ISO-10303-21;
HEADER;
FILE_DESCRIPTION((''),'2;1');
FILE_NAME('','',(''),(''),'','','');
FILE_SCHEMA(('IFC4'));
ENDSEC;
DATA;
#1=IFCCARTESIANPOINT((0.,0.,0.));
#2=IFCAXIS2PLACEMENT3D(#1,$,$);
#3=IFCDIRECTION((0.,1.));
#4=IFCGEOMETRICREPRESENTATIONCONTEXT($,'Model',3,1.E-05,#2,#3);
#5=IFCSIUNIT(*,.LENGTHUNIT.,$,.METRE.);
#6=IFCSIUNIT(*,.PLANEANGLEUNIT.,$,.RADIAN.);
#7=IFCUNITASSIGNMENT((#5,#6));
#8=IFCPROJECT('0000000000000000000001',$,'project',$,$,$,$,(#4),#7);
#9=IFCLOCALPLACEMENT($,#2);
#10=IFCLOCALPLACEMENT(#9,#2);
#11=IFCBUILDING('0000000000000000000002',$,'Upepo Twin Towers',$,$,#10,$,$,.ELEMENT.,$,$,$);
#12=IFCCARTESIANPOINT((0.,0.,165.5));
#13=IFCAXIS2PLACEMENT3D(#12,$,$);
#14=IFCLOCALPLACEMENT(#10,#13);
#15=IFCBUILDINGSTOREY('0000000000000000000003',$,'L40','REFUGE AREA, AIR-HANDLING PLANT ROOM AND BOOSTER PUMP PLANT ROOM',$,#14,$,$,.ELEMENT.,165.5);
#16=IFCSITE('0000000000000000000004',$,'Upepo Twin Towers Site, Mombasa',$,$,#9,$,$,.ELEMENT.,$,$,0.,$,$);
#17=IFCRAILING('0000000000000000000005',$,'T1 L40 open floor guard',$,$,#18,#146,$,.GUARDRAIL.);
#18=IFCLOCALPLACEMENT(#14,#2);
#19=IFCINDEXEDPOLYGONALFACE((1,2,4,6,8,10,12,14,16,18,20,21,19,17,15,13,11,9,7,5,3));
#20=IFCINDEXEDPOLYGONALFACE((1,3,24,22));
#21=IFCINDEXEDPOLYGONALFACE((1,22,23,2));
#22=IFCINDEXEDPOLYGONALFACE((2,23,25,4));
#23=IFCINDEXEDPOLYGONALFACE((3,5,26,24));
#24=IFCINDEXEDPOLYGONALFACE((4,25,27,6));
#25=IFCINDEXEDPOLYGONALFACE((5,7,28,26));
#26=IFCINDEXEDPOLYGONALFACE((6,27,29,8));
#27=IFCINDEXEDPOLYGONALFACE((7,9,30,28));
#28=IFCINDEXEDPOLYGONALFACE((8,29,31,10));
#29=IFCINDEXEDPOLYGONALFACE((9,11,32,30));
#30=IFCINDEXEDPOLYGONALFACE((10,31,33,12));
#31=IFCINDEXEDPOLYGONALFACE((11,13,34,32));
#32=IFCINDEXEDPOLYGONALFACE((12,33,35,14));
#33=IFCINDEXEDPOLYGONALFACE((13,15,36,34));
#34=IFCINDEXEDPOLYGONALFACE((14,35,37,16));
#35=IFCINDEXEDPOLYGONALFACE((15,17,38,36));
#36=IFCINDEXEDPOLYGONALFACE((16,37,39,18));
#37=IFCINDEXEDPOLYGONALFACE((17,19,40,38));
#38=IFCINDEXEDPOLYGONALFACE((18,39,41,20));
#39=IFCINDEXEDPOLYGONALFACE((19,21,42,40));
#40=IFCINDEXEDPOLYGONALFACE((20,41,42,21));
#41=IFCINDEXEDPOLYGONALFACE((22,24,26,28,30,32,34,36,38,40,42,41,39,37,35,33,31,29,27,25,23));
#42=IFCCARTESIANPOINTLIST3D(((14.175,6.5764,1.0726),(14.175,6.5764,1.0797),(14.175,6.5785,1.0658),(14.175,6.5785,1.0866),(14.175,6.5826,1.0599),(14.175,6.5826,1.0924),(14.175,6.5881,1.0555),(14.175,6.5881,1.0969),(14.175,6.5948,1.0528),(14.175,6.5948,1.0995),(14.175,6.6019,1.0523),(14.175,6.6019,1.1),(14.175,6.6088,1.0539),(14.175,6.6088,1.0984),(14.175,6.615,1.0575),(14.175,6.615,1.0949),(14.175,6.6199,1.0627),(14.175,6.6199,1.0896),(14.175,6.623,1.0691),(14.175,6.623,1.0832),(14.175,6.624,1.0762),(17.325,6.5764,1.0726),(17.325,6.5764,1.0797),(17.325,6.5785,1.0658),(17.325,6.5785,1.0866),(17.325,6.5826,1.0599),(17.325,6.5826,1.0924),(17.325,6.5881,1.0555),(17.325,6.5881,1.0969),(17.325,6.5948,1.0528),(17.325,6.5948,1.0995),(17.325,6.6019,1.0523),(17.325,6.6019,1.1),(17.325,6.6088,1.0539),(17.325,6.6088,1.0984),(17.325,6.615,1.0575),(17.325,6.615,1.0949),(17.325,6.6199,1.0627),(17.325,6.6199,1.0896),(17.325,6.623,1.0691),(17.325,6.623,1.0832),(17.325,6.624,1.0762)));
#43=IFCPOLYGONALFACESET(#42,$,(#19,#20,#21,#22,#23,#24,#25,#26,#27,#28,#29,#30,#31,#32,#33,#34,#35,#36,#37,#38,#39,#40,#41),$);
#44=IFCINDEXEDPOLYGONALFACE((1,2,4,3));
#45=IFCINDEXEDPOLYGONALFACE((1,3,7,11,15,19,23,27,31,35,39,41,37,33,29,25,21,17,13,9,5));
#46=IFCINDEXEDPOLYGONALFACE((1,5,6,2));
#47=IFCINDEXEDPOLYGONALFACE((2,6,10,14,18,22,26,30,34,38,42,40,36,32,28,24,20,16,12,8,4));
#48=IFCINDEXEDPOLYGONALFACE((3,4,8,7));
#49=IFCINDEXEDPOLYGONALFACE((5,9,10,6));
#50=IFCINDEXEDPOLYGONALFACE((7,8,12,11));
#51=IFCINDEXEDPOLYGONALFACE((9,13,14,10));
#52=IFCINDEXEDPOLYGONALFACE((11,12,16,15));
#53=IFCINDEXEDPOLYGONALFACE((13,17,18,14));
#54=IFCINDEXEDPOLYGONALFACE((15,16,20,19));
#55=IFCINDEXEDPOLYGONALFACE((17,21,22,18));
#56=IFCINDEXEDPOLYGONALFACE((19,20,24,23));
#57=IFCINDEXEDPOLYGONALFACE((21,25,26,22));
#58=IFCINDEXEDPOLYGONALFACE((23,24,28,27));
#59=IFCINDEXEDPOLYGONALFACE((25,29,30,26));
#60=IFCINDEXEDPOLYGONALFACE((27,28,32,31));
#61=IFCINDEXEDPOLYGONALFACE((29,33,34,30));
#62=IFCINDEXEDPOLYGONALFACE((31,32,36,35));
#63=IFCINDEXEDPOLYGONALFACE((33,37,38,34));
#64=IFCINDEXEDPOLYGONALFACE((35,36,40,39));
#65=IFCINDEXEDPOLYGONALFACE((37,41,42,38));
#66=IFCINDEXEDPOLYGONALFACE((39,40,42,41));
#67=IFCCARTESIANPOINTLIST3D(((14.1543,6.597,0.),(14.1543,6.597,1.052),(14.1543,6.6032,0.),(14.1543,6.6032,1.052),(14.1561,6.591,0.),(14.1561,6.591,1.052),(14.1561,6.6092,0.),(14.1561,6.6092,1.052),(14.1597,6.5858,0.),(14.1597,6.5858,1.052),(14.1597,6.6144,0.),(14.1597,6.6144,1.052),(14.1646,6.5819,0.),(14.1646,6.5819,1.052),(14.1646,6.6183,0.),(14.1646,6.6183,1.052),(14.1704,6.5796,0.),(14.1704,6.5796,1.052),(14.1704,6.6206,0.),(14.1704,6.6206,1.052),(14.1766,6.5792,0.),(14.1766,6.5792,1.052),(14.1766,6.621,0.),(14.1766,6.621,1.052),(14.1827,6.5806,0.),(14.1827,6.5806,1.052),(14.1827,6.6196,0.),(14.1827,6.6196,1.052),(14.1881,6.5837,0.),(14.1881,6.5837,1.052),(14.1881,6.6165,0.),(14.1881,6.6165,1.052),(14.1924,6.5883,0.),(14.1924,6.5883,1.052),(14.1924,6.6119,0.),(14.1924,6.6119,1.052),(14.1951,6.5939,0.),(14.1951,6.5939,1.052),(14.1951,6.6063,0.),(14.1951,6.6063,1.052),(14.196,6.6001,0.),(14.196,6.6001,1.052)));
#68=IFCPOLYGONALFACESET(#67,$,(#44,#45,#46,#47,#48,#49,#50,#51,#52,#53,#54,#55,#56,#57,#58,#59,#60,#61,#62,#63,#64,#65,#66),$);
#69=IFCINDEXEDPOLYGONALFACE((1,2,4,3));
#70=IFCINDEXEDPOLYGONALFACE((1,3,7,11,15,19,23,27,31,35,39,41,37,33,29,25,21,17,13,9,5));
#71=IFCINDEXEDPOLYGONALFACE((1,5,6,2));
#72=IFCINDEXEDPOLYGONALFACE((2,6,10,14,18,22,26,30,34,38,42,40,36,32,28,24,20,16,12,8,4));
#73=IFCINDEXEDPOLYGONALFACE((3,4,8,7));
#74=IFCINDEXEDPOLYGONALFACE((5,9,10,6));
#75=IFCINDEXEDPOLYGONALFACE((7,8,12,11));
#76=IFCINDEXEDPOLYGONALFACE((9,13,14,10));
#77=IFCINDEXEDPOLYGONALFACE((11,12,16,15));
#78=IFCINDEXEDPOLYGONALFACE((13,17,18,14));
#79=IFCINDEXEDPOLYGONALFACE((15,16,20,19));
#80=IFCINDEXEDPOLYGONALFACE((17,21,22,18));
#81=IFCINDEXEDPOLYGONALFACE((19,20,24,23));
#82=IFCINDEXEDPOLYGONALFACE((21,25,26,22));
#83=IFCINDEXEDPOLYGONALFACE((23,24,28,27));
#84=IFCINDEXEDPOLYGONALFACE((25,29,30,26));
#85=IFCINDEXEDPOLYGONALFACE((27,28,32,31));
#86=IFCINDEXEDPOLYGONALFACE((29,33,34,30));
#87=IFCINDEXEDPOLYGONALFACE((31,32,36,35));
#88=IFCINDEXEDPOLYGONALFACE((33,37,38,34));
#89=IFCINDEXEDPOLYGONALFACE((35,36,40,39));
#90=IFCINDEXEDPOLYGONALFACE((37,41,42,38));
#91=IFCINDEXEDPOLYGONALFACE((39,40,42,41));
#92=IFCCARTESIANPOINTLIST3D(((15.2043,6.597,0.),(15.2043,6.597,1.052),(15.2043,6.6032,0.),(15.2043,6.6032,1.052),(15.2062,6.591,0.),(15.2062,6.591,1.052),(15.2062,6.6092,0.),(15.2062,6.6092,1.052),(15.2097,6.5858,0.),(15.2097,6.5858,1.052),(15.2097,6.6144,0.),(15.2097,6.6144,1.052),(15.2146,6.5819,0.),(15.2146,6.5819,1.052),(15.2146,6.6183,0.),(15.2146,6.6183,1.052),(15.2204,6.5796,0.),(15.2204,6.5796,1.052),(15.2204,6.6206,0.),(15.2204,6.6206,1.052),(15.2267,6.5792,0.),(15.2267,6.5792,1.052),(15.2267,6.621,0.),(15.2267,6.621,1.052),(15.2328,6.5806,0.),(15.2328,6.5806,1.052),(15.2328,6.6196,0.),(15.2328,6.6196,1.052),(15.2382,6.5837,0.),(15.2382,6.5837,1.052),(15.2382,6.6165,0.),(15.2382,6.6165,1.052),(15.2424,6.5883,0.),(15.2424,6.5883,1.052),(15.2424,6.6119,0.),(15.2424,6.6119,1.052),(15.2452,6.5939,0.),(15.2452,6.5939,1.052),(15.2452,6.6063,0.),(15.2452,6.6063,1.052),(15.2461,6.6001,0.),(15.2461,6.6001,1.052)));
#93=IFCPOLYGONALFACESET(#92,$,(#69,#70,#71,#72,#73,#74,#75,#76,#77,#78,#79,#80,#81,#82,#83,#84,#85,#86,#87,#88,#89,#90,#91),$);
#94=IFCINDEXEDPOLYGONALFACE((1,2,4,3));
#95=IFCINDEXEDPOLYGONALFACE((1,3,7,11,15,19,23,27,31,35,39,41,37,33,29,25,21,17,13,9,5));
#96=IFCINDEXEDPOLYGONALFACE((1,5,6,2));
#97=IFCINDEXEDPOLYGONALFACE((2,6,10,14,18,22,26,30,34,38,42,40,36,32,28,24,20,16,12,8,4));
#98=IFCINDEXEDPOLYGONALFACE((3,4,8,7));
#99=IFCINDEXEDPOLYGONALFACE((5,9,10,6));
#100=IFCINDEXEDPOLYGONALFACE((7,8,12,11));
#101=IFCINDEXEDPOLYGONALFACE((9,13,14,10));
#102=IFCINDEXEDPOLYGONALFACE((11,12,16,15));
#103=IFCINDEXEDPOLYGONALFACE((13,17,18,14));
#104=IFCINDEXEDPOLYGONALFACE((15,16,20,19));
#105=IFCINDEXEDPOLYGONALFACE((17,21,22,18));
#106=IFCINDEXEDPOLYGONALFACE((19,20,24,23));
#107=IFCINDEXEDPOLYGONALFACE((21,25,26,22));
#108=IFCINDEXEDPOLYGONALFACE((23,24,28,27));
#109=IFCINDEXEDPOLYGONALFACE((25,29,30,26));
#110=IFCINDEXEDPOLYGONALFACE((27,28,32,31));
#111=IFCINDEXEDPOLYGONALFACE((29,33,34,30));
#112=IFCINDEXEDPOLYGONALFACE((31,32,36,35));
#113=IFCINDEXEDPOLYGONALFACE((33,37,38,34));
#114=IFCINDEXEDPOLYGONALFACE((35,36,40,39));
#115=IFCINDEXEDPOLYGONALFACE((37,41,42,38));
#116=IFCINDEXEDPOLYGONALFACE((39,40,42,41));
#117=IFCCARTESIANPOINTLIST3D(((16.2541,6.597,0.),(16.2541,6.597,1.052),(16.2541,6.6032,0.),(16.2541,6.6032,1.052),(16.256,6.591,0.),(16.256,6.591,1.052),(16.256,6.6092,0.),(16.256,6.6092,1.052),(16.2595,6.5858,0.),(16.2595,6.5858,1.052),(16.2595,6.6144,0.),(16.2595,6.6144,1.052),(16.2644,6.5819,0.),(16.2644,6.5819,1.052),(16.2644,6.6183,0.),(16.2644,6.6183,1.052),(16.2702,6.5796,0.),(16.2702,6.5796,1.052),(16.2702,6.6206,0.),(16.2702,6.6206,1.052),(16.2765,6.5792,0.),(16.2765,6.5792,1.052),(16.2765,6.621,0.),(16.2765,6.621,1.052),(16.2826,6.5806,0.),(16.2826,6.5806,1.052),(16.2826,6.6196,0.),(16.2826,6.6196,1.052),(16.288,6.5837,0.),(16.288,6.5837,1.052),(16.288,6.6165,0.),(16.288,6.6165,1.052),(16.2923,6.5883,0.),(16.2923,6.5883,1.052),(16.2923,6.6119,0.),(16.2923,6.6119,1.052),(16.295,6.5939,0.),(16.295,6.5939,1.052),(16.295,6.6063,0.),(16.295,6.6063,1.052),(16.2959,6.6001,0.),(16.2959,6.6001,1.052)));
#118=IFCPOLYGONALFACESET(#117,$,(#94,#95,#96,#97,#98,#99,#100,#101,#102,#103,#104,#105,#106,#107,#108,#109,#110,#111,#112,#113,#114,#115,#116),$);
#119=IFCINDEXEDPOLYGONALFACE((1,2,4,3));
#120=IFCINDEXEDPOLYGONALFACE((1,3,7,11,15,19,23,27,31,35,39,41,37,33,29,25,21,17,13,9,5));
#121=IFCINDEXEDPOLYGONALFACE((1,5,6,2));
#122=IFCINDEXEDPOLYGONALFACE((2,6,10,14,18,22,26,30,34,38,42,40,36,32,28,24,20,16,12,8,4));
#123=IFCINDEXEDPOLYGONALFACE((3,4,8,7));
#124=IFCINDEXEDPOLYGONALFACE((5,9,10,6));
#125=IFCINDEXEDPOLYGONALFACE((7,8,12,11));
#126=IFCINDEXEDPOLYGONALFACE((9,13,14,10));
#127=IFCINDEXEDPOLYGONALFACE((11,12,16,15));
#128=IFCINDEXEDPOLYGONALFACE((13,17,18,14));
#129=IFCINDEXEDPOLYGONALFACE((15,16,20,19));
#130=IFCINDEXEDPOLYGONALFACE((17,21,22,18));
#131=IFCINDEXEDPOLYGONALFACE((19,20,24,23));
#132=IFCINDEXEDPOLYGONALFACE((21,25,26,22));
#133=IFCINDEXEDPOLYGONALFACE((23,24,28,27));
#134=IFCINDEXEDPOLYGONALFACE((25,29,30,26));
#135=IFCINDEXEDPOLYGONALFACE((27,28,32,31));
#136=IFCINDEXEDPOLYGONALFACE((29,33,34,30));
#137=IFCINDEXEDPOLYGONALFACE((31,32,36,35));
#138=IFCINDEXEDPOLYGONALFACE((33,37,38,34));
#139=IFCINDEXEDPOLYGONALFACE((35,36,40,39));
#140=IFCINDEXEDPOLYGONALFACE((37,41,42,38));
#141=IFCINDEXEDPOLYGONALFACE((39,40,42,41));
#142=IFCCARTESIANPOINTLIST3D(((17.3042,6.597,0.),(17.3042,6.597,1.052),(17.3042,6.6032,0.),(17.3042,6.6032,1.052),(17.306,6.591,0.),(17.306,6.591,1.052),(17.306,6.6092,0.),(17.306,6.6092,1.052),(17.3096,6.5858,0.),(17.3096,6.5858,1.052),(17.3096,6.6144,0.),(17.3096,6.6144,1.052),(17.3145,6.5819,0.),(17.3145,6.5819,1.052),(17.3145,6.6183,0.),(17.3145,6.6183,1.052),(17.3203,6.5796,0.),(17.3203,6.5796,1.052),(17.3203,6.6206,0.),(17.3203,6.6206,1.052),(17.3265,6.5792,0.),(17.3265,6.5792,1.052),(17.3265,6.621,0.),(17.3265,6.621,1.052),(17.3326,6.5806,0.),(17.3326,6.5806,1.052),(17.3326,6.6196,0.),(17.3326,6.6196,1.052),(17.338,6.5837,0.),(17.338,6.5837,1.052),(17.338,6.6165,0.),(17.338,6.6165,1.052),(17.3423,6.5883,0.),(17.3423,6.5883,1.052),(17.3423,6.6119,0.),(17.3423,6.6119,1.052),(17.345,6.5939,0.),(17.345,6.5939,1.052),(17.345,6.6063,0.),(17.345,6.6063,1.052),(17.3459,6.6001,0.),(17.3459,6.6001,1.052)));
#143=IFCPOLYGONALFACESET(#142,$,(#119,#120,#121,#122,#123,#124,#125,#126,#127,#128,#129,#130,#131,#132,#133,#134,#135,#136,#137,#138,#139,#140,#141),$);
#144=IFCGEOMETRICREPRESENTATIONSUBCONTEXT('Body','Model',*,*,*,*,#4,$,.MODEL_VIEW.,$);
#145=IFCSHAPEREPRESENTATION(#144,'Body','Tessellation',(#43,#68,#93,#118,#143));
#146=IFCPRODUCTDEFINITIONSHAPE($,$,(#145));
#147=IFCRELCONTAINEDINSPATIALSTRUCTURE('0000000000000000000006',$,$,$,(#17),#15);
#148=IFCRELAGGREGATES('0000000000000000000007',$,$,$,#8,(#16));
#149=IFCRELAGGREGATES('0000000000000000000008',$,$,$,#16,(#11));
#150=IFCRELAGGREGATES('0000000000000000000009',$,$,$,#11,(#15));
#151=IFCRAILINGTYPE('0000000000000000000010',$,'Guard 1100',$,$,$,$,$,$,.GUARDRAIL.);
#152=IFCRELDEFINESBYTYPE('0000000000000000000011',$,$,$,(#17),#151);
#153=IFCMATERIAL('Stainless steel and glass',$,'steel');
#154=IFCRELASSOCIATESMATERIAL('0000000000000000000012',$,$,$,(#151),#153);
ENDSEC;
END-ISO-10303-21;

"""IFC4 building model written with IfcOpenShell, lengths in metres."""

from ifc_helpers import new_model, si_unit, direction, frame, origin, origin_2d, place, context, subcontext, project, spatial, circle, extrude, material, type_object, element, save


model = new_model("IFC4")

# Units and contexts
model_context = context("Model", 3, precision=1e-05, world=origin(), true_north=direction((0.0, 1.0)))
body_context = subcontext(model_context, "Body", "Model", "MODEL_VIEW")
ifc_project = project(units=[si_unit("LENGTHUNIT", "METRE"), si_unit("PLANEANGLEUNIT", "RADIAN")], contexts=[model_context])

# Site, building, storey
site_placement = place(None, origin())
site = spatial("IfcSite", under=ifc_project, at=site_placement, Name="Upepo Twin Towers Site, Mombasa", CompositionType="ELEMENT", RefElevation=0.0)
building_placement = place(site_placement, origin())
building = spatial("IfcBuilding", under=site, at=building_placement, Name="Upepo Twin Towers", CompositionType="ELEMENT")
storey_placement = place(building_placement, frame((0.0, 0.0, 165.5)))
storey = spatial("IfcBuildingStorey", under=building, at=storey_placement, Name="L40", Description="REFUGE AREA, AIR-HANDLING PLANT ROOM AND BOOSTER PUMP PLANT ROOM", CompositionType="ELEMENT", Elevation=165.5)

# Railing
ifc_material_1 = material(Name="Stainless steel and glass", Category="steel")
railing_type = type_object("IfcRailingType", Name="Guard 1100", PredefinedType="GUARDRAIL", material=ifc_material_1)
railing_1_placement = place(storey_placement, frame((14.175, 6.6001, 0.0)))
element("IfcRailing", 1, at=railing_1_placement, inside=storey, type_object=railing_type, Name="T1 L40 open floor guard", PredefinedType="GUARDRAIL", context=body_context, shape_type="SweptSolid", body=[
    extrude(circle(Radius=0.0239, at=origin_2d()), frame((0.0, 0.0, 1.0762), z_axis=(1.0, 0.0, 0.0), x_axis=(0.0, 1.0, 0.0)), (0.0, 0.0, 1.0), 3.1499),
    extrude(circle(Radius=0.021, at=origin_2d()), origin(), (0.0, 0.0, 1.0), 1.052),
    extrude(circle(Radius=0.021, at=origin_2d()), frame((1.05, 0.0, 0.0)), (0.0, 0.0, 1.0), 1.052),
    extrude(circle(Radius=0.021, at=origin_2d()), frame((2.0999, 0.0, 0.0)), (0.0, 0.0, 1.0), 1.052),
    extrude(circle(Radius=0.021, at=origin_2d()), frame((3.1499, 0.0, 0.0)), (0.0, 0.0, 1.0), 1.052),
])

save(model, "model.ifc")
